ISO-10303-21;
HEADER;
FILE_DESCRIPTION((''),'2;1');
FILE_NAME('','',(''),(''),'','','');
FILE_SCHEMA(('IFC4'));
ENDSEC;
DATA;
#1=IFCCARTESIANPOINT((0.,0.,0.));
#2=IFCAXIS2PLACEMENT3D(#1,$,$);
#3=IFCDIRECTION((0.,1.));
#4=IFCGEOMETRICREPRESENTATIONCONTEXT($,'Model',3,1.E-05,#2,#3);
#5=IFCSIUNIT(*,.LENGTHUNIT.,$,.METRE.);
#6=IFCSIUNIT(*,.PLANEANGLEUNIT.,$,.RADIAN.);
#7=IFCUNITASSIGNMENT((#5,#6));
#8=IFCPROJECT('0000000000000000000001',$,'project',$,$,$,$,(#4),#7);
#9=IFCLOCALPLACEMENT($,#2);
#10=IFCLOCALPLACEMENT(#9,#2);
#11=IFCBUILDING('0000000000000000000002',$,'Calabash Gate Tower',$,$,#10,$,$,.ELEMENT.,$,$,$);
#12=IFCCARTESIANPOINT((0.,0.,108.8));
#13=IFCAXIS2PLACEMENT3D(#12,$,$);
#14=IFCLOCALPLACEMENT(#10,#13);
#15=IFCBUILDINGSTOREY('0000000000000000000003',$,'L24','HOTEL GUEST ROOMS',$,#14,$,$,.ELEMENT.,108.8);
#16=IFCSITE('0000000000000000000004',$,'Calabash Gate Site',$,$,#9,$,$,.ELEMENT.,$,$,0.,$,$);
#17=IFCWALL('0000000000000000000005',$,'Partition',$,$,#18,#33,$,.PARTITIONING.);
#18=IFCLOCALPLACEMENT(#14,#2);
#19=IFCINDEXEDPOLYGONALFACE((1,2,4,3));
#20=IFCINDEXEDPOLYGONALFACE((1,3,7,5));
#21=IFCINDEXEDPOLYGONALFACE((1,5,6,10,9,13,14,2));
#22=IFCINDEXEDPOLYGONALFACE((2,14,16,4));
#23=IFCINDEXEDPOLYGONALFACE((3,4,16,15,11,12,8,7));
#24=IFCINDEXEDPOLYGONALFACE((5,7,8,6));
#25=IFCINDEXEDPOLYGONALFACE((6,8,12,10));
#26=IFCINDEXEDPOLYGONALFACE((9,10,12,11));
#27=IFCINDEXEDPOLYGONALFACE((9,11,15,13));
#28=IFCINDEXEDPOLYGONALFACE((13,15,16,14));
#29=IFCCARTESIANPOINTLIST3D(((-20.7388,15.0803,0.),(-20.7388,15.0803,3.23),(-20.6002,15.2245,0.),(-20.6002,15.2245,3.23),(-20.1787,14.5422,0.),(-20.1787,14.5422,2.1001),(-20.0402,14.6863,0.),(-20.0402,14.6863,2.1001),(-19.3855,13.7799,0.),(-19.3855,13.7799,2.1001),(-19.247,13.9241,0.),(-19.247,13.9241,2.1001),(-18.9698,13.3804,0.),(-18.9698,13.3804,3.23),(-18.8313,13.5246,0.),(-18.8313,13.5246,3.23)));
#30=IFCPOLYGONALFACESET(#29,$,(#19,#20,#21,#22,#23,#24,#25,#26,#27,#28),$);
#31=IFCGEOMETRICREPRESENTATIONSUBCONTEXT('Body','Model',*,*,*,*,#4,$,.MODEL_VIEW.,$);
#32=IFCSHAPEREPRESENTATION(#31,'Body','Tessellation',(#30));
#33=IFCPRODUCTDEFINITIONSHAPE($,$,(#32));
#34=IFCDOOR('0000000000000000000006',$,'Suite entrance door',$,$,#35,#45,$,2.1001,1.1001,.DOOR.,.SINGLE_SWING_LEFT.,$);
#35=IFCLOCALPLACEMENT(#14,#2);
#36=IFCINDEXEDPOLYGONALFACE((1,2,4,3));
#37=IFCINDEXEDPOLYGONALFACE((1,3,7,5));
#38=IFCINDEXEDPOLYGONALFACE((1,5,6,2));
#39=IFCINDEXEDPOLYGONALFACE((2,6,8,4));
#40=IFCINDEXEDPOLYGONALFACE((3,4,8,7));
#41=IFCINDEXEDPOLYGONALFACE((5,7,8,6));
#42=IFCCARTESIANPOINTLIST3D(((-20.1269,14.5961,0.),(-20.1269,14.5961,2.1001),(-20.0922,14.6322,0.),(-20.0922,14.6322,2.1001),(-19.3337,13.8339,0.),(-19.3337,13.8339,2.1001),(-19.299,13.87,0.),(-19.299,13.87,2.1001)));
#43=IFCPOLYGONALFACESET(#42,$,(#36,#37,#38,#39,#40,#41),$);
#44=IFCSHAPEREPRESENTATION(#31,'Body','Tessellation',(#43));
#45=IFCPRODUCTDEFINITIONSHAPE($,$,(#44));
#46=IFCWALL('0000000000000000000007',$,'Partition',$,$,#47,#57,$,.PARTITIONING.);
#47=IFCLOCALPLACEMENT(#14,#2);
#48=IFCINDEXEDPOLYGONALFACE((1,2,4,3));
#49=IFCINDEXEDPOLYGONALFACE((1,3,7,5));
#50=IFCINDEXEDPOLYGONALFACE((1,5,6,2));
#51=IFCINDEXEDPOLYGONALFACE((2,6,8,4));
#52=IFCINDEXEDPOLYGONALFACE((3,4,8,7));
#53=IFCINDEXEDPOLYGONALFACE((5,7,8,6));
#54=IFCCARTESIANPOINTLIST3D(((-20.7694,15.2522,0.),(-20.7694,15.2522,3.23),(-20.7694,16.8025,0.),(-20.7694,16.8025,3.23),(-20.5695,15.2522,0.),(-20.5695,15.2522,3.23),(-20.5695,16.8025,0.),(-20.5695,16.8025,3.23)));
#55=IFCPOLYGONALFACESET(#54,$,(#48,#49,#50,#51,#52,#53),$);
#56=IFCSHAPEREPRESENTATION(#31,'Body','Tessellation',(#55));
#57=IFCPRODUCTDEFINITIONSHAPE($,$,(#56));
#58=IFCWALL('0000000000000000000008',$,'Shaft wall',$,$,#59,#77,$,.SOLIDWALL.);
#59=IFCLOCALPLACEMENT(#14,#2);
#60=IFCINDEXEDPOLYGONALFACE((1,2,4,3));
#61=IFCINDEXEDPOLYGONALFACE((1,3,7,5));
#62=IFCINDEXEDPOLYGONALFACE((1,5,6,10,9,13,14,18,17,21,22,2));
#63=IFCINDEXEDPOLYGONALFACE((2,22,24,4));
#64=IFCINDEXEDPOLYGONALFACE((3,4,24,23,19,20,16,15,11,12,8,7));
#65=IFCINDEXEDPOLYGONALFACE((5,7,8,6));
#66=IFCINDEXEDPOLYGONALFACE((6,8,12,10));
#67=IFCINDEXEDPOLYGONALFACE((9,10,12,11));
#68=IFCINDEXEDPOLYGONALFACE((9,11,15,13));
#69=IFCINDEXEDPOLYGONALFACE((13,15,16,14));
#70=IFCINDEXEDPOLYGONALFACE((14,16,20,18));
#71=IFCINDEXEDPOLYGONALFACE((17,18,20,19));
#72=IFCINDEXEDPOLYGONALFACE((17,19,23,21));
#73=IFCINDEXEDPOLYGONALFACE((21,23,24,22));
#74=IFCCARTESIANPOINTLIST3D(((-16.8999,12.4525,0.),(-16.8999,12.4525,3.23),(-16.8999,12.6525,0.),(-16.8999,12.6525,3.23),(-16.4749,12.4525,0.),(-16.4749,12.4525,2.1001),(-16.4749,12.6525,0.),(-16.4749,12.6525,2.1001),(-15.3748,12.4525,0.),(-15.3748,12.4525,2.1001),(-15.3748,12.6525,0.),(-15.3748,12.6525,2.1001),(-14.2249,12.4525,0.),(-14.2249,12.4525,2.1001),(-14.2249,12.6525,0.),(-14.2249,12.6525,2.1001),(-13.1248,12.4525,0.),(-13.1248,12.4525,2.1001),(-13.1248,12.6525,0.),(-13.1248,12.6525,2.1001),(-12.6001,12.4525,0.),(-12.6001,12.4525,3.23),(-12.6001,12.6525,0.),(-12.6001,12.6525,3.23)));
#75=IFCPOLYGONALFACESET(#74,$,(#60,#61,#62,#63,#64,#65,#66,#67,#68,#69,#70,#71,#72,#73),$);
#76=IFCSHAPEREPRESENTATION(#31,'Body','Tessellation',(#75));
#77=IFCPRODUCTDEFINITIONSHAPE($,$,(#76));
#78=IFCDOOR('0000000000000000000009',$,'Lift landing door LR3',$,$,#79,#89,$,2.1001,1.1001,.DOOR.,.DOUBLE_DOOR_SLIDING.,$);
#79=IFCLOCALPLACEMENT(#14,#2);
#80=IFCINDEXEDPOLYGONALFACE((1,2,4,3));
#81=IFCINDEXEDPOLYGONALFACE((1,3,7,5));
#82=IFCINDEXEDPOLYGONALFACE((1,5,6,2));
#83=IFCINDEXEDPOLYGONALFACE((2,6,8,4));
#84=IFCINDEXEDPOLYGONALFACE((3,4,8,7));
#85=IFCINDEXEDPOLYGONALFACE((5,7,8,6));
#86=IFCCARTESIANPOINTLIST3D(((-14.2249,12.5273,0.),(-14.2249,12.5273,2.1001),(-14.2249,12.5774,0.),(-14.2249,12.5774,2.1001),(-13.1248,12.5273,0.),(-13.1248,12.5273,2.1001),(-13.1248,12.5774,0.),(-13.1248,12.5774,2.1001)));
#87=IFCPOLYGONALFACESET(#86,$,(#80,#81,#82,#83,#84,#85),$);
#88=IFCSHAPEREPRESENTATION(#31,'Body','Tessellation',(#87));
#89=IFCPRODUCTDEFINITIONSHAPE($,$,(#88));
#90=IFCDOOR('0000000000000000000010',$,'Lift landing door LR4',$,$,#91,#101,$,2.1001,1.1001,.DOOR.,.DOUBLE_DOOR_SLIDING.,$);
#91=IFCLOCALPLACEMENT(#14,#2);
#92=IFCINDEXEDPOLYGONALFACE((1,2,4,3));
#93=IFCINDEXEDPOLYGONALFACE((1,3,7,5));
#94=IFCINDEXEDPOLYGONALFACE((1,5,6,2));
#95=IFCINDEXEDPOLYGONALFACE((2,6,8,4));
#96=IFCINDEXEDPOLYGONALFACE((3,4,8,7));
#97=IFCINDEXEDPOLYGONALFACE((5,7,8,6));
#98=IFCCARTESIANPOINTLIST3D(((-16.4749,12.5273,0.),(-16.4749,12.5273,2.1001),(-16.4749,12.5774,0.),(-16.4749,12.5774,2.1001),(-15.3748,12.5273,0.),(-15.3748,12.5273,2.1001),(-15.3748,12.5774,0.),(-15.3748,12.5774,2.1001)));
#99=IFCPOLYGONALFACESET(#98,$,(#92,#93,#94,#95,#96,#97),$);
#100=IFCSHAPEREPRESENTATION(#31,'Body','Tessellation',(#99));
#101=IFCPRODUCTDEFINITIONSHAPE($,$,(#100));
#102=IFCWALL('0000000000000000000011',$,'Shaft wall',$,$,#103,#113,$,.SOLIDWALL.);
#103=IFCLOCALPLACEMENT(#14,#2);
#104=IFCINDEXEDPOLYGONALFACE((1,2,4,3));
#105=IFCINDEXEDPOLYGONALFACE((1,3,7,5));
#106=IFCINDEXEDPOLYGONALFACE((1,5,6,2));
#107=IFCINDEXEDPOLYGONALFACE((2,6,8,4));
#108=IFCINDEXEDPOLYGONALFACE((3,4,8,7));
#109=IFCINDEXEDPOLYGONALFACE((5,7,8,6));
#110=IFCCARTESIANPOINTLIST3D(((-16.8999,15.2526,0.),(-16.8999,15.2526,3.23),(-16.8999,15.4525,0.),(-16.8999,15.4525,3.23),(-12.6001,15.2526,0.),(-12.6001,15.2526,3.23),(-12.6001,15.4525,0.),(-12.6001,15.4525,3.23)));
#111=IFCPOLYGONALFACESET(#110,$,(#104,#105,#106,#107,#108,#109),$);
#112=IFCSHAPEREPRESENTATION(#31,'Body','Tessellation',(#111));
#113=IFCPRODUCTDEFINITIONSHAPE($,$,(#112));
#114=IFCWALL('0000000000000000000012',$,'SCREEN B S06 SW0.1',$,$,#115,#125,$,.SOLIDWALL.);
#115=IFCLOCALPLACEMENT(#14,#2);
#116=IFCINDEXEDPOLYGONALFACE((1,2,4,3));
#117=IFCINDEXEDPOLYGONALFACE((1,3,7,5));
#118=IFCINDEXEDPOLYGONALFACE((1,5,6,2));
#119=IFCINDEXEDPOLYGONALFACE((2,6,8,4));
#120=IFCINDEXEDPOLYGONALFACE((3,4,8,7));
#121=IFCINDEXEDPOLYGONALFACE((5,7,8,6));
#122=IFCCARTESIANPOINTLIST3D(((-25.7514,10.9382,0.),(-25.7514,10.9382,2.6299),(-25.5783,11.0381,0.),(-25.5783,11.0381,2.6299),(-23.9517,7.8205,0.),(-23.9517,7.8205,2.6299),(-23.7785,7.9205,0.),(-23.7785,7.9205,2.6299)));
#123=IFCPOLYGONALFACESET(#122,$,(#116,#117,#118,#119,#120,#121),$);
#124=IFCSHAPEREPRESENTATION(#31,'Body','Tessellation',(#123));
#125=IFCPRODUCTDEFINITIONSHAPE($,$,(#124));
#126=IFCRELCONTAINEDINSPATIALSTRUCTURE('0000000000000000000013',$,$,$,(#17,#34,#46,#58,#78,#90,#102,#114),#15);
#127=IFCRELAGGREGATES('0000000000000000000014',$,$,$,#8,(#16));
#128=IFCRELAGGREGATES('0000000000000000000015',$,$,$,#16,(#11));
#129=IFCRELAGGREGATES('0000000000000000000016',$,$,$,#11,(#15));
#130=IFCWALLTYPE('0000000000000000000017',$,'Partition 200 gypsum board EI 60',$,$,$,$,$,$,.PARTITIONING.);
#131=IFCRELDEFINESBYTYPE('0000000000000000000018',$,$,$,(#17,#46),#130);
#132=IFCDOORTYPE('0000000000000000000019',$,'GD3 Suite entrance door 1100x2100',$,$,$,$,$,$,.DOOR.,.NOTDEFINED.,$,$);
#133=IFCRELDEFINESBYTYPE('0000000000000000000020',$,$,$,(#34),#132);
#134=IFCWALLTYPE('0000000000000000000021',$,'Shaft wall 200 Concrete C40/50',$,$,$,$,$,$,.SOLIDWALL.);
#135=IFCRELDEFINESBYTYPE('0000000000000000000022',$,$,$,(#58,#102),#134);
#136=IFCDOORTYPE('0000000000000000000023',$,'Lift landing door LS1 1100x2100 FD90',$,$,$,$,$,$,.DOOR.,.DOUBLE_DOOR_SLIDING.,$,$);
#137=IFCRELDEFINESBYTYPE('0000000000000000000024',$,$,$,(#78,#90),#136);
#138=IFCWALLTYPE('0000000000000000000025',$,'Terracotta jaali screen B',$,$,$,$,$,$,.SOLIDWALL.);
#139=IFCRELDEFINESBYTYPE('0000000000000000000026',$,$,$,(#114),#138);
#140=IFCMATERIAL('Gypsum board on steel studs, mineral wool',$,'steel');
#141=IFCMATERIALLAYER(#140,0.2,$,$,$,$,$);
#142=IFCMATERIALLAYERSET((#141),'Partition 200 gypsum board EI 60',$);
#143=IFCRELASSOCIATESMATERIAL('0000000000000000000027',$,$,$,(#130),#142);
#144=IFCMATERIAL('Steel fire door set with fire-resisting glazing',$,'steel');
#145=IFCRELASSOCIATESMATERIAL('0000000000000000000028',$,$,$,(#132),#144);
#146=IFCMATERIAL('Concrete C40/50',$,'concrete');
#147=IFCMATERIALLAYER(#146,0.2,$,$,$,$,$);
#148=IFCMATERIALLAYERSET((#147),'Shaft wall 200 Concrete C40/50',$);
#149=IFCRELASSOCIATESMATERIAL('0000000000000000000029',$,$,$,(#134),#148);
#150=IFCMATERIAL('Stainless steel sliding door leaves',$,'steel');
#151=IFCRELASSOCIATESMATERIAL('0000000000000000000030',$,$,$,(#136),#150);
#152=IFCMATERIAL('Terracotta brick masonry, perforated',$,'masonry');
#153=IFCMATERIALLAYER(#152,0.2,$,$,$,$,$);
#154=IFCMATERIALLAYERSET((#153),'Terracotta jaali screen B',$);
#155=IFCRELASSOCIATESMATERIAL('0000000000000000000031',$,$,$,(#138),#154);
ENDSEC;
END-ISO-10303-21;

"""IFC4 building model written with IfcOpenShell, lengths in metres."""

from ifc_helpers import new_model, si_unit, direction, frame, frame_2d, origin, place, context, subcontext, project, spatial, rectangle, extrude, material, layer, layer_set, type_object, element, fill, save


model = new_model("IFC4")

# Units and contexts
model_context = context("Model", 3, precision=1e-05, world=origin(), true_north=direction((0.0, 1.0)))
body_context = subcontext(model_context, "Body", "Model", "MODEL_VIEW")
ifc_project = project(units=[si_unit("LENGTHUNIT", "METRE"), si_unit("PLANEANGLEUNIT", "RADIAN")], contexts=[model_context])

# Site, building, storey
site_placement = place(None, origin())
site = spatial("IfcSite", under=ifc_project, at=site_placement, Name="Calabash Gate Site", CompositionType="ELEMENT", RefElevation=0.0)
building_placement = place(site_placement, origin())
building = spatial("IfcBuilding", under=site, at=building_placement, Name="Calabash Gate Tower", CompositionType="ELEMENT")
storey_placement = place(building_placement, frame((0.0, 0.0, 108.8)))
storey = spatial("IfcBuildingStorey", under=building, at=storey_placement, Name="L24", Description="HOTEL GUEST ROOMS", CompositionType="ELEMENT", Elevation=108.8)

# Shared definitions
ifc_material_1 = material(Name="Gypsum board on steel studs, mineral wool", Category="steel")
ifc_layer_1 = layer(ifc_material_1, 0.2)
ifc_layer_set_1 = layer_set([ifc_layer_1], Name="Partition 200 gypsum board EI 60")
wall_type_1 = type_object("IfcWallType", Name="Partition 200 gypsum board EI 60", PredefinedType="PARTITIONING", material=ifc_layer_set_1)

# Wall, opening, door
wall_1_placement = place(storey_placement, frame((-20.6694, 15.1523, 0.0), z_axis=(0.0, 0.0, 1.0), x_axis=(0.721047, -0.692886, 0.0)))
wall_1 = element("IfcWall", 1, at=wall_1_placement, inside=storey, type_object=wall_type_1, Name="Partition", PredefinedType="PARTITIONING", context=body_context, shape_type="SweptSolid", body=[
    extrude(rectangle(XDim=2.4534, YDim=0.2, at=frame_2d((1.2266, 0.0))), origin(), (0.0, 0.0, 1.0), 3.23),
])
opening_1_placement = place(wall_1_placement, frame((0.7766, 0.0, 0.0)))
opening_1 = element("IfcOpeningElement", 2, at=opening_1_placement, cuts=wall_1, PredefinedType="OPENING", context=body_context, shape_type="SweptSolid", body=[
    extrude(rectangle(XDim=1.1001, YDim=2.1001, at=frame_2d((0.55, 1.05))), frame((0.0, 0.1099, 0.0), z_axis=(0.0, -1.0, 0.0), x_axis=(1.0, 0.0, 0.0)), (0.0, 0.0, 1.0), 0.22),
])
ifc_material_2 = material(Name="Steel fire door set with fire-resisting glazing", Category="steel")
door_type_1 = type_object("IfcDoorType", Name="GD3 Suite entrance door 1100x2100", OperationType="NOTDEFINED", PredefinedType="DOOR", material=ifc_material_2)
door_1_placement = place(opening_1_placement, origin())
door_1 = element("IfcDoor", 3, at=door_1_placement, inside=storey, type_object=door_type_1, Name="Suite entrance door", OperationType="SINGLE_SWING_LEFT", OverallHeight=2.1001, OverallWidth=1.1001, PredefinedType="DOOR", context=body_context, shape_type="SweptSolid", body=[
    extrude(rectangle(XDim=1.1001, YDim=2.1001, at=frame_2d((0.55, 1.05))), frame((0.0, 0.0249, 0.0), z_axis=(0.0, -1.0, 0.0), x_axis=(1.0, 0.0, 0.0)), (0.0, 0.0, 1.0), 0.05),
])
fill(opening_1, door_1)

# Wall
wall_2_placement = place(storey_placement, frame((-20.6694, 16.8025, 0.0), z_axis=(0.0, 0.0, 1.0), x_axis=(0.0, -1.0, 0.0)))
element("IfcWall", 4, at=wall_2_placement, inside=storey, type_object=wall_type_1, Name="Partition", PredefinedType="PARTITIONING", context=body_context, shape_type="SweptSolid", body=[
    extrude(rectangle(XDim=1.5503, YDim=0.2, at=frame_2d((0.7751, 0.0))), origin(), (0.0, 0.0, 1.0), 3.23),
])

# Wall, openings, doors
ifc_material_3 = material(Name="Concrete C40/50", Category="concrete")
ifc_layer_2 = layer(ifc_material_3, 0.2)
ifc_layer_set_2 = layer_set([ifc_layer_2], Name="Shaft wall 200 Concrete C40/50")
wall_type_2 = type_object("IfcWallType", Name="Shaft wall 200 Concrete C40/50", PredefinedType="SOLIDWALL", material=ifc_layer_set_2)
wall_3_placement = place(storey_placement, frame((-16.8999, 12.5525, 0.0), z_axis=(0.0, 0.0, 1.0), x_axis=(1.0, 0.0, 0.0)))
wall_3 = element("IfcWall", 5, at=wall_3_placement, inside=storey, type_object=wall_type_2, Name="Shaft wall", PredefinedType="SOLIDWALL", context=body_context, shape_type="SweptSolid", body=[
    extrude(rectangle(XDim=4.2998, YDim=0.2, at=frame_2d((2.1499, 0.0))), origin(), (0.0, 0.0, 1.0), 3.23),
])
opening_2_placement = place(wall_3_placement, frame((2.675, 0.0, 0.0)))
opening_2 = element("IfcOpeningElement", 6, at=opening_2_placement, cuts=wall_3, PredefinedType="OPENING", context=body_context, shape_type="SweptSolid", body=[
    extrude(rectangle(XDim=1.1001, YDim=2.1001, at=frame_2d((0.55, 1.05))), frame((0.0, 0.1099, 0.0), z_axis=(0.0, -1.0, 0.0), x_axis=(1.0, 0.0, 0.0)), (0.0, 0.0, 1.0), 0.22),
])
opening_3_placement = place(wall_3_placement, frame((0.425, 0.0, 0.0)))
opening_3 = element("IfcOpeningElement", 7, at=opening_3_placement, cuts=wall_3, PredefinedType="OPENING", context=body_context, shape_type="SweptSolid", body=[
    extrude(rectangle(XDim=1.1001, YDim=2.1001, at=frame_2d((0.55, 1.05))), frame((0.0, 0.1099, 0.0), z_axis=(0.0, -1.0, 0.0), x_axis=(1.0, 0.0, 0.0)), (0.0, 0.0, 1.0), 0.22),
])
ifc_material_4 = material(Name="Stainless steel sliding door leaves", Category="steel")
door_type_2 = type_object("IfcDoorType", Name="Lift landing door LS1 1100x2100 FD90", OperationType="DOUBLE_DOOR_SLIDING", PredefinedType="DOOR", material=ifc_material_4)
door_2_placement = place(opening_2_placement, origin())
door_2 = element("IfcDoor", 8, at=door_2_placement, inside=storey, type_object=door_type_2, Name="Lift landing door LR3", OperationType="DOUBLE_DOOR_SLIDING", OverallHeight=2.1001, OverallWidth=1.1001, PredefinedType="DOOR", context=body_context, shape_type="SweptSolid", body=[
    extrude(rectangle(XDim=1.1001, YDim=2.1001, at=frame_2d((0.55, 1.05))), frame((0.0, 0.0249, 0.0), z_axis=(0.0, -1.0, 0.0), x_axis=(1.0, 0.0, 0.0)), (0.0, 0.0, 1.0), 0.05),
])
fill(opening_2, door_2)
door_3_placement = place(opening_3_placement, origin())
door_3 = element("IfcDoor", 9, at=door_3_placement, inside=storey, type_object=door_type_2, Name="Lift landing door LR4", OperationType="DOUBLE_DOOR_SLIDING", OverallHeight=2.1001, OverallWidth=1.1001, PredefinedType="DOOR", context=body_context, shape_type="SweptSolid", body=[
    extrude(rectangle(XDim=1.1001, YDim=2.1001, at=frame_2d((0.55, 1.05))), frame((0.0, 0.0249, 0.0), z_axis=(0.0, -1.0, 0.0), x_axis=(1.0, 0.0, 0.0)), (0.0, 0.0, 1.0), 0.05),
])
fill(opening_3, door_3)

# Walls
wall_4_placement = place(storey_placement, frame((-16.8999, 15.3525, 0.0), z_axis=(0.0, 0.0, 1.0), x_axis=(1.0, 0.0, 0.0)))
element("IfcWall", 10, at=wall_4_placement, inside=storey, type_object=wall_type_2, Name="Shaft wall", PredefinedType="SOLIDWALL", context=body_context, shape_type="SweptSolid", body=[
    extrude(rectangle(XDim=4.2998, YDim=0.2, at=frame_2d((2.1499, 0.0))), origin(), (0.0, 0.0, 1.0), 3.23),
])
ifc_material_5 = material(Name="Terracotta brick masonry, perforated", Category="masonry")
ifc_layer_3 = layer(ifc_material_5, 0.2)
ifc_layer_set_3 = layer_set([ifc_layer_3], Name="Terracotta jaali screen B")
wall_type_3 = type_object("IfcWallType", Name="Terracotta jaali screen B", PredefinedType="SOLIDWALL", material=ifc_layer_set_3)
wall_5_placement = place(storey_placement, frame((-25.6648, 10.988, 0.0), z_axis=(0.0, 0.0, 1.0), x_axis=(0.499961, -0.866048, 0.0)))
element("IfcWall", 11, at=wall_5_placement, inside=storey, type_object=wall_type_3, Name="SCREEN B S06 SW0.1", PredefinedType="SOLIDWALL", context=body_context, shape_type="SweptSolid", body=[
    extrude(rectangle(XDim=3.5999, YDim=0.2, at=frame_2d((1.7998, 0.0))), origin(), (0.0, 0.0, 1.0), 2.6299),
])

save(model, "model.ifc")
